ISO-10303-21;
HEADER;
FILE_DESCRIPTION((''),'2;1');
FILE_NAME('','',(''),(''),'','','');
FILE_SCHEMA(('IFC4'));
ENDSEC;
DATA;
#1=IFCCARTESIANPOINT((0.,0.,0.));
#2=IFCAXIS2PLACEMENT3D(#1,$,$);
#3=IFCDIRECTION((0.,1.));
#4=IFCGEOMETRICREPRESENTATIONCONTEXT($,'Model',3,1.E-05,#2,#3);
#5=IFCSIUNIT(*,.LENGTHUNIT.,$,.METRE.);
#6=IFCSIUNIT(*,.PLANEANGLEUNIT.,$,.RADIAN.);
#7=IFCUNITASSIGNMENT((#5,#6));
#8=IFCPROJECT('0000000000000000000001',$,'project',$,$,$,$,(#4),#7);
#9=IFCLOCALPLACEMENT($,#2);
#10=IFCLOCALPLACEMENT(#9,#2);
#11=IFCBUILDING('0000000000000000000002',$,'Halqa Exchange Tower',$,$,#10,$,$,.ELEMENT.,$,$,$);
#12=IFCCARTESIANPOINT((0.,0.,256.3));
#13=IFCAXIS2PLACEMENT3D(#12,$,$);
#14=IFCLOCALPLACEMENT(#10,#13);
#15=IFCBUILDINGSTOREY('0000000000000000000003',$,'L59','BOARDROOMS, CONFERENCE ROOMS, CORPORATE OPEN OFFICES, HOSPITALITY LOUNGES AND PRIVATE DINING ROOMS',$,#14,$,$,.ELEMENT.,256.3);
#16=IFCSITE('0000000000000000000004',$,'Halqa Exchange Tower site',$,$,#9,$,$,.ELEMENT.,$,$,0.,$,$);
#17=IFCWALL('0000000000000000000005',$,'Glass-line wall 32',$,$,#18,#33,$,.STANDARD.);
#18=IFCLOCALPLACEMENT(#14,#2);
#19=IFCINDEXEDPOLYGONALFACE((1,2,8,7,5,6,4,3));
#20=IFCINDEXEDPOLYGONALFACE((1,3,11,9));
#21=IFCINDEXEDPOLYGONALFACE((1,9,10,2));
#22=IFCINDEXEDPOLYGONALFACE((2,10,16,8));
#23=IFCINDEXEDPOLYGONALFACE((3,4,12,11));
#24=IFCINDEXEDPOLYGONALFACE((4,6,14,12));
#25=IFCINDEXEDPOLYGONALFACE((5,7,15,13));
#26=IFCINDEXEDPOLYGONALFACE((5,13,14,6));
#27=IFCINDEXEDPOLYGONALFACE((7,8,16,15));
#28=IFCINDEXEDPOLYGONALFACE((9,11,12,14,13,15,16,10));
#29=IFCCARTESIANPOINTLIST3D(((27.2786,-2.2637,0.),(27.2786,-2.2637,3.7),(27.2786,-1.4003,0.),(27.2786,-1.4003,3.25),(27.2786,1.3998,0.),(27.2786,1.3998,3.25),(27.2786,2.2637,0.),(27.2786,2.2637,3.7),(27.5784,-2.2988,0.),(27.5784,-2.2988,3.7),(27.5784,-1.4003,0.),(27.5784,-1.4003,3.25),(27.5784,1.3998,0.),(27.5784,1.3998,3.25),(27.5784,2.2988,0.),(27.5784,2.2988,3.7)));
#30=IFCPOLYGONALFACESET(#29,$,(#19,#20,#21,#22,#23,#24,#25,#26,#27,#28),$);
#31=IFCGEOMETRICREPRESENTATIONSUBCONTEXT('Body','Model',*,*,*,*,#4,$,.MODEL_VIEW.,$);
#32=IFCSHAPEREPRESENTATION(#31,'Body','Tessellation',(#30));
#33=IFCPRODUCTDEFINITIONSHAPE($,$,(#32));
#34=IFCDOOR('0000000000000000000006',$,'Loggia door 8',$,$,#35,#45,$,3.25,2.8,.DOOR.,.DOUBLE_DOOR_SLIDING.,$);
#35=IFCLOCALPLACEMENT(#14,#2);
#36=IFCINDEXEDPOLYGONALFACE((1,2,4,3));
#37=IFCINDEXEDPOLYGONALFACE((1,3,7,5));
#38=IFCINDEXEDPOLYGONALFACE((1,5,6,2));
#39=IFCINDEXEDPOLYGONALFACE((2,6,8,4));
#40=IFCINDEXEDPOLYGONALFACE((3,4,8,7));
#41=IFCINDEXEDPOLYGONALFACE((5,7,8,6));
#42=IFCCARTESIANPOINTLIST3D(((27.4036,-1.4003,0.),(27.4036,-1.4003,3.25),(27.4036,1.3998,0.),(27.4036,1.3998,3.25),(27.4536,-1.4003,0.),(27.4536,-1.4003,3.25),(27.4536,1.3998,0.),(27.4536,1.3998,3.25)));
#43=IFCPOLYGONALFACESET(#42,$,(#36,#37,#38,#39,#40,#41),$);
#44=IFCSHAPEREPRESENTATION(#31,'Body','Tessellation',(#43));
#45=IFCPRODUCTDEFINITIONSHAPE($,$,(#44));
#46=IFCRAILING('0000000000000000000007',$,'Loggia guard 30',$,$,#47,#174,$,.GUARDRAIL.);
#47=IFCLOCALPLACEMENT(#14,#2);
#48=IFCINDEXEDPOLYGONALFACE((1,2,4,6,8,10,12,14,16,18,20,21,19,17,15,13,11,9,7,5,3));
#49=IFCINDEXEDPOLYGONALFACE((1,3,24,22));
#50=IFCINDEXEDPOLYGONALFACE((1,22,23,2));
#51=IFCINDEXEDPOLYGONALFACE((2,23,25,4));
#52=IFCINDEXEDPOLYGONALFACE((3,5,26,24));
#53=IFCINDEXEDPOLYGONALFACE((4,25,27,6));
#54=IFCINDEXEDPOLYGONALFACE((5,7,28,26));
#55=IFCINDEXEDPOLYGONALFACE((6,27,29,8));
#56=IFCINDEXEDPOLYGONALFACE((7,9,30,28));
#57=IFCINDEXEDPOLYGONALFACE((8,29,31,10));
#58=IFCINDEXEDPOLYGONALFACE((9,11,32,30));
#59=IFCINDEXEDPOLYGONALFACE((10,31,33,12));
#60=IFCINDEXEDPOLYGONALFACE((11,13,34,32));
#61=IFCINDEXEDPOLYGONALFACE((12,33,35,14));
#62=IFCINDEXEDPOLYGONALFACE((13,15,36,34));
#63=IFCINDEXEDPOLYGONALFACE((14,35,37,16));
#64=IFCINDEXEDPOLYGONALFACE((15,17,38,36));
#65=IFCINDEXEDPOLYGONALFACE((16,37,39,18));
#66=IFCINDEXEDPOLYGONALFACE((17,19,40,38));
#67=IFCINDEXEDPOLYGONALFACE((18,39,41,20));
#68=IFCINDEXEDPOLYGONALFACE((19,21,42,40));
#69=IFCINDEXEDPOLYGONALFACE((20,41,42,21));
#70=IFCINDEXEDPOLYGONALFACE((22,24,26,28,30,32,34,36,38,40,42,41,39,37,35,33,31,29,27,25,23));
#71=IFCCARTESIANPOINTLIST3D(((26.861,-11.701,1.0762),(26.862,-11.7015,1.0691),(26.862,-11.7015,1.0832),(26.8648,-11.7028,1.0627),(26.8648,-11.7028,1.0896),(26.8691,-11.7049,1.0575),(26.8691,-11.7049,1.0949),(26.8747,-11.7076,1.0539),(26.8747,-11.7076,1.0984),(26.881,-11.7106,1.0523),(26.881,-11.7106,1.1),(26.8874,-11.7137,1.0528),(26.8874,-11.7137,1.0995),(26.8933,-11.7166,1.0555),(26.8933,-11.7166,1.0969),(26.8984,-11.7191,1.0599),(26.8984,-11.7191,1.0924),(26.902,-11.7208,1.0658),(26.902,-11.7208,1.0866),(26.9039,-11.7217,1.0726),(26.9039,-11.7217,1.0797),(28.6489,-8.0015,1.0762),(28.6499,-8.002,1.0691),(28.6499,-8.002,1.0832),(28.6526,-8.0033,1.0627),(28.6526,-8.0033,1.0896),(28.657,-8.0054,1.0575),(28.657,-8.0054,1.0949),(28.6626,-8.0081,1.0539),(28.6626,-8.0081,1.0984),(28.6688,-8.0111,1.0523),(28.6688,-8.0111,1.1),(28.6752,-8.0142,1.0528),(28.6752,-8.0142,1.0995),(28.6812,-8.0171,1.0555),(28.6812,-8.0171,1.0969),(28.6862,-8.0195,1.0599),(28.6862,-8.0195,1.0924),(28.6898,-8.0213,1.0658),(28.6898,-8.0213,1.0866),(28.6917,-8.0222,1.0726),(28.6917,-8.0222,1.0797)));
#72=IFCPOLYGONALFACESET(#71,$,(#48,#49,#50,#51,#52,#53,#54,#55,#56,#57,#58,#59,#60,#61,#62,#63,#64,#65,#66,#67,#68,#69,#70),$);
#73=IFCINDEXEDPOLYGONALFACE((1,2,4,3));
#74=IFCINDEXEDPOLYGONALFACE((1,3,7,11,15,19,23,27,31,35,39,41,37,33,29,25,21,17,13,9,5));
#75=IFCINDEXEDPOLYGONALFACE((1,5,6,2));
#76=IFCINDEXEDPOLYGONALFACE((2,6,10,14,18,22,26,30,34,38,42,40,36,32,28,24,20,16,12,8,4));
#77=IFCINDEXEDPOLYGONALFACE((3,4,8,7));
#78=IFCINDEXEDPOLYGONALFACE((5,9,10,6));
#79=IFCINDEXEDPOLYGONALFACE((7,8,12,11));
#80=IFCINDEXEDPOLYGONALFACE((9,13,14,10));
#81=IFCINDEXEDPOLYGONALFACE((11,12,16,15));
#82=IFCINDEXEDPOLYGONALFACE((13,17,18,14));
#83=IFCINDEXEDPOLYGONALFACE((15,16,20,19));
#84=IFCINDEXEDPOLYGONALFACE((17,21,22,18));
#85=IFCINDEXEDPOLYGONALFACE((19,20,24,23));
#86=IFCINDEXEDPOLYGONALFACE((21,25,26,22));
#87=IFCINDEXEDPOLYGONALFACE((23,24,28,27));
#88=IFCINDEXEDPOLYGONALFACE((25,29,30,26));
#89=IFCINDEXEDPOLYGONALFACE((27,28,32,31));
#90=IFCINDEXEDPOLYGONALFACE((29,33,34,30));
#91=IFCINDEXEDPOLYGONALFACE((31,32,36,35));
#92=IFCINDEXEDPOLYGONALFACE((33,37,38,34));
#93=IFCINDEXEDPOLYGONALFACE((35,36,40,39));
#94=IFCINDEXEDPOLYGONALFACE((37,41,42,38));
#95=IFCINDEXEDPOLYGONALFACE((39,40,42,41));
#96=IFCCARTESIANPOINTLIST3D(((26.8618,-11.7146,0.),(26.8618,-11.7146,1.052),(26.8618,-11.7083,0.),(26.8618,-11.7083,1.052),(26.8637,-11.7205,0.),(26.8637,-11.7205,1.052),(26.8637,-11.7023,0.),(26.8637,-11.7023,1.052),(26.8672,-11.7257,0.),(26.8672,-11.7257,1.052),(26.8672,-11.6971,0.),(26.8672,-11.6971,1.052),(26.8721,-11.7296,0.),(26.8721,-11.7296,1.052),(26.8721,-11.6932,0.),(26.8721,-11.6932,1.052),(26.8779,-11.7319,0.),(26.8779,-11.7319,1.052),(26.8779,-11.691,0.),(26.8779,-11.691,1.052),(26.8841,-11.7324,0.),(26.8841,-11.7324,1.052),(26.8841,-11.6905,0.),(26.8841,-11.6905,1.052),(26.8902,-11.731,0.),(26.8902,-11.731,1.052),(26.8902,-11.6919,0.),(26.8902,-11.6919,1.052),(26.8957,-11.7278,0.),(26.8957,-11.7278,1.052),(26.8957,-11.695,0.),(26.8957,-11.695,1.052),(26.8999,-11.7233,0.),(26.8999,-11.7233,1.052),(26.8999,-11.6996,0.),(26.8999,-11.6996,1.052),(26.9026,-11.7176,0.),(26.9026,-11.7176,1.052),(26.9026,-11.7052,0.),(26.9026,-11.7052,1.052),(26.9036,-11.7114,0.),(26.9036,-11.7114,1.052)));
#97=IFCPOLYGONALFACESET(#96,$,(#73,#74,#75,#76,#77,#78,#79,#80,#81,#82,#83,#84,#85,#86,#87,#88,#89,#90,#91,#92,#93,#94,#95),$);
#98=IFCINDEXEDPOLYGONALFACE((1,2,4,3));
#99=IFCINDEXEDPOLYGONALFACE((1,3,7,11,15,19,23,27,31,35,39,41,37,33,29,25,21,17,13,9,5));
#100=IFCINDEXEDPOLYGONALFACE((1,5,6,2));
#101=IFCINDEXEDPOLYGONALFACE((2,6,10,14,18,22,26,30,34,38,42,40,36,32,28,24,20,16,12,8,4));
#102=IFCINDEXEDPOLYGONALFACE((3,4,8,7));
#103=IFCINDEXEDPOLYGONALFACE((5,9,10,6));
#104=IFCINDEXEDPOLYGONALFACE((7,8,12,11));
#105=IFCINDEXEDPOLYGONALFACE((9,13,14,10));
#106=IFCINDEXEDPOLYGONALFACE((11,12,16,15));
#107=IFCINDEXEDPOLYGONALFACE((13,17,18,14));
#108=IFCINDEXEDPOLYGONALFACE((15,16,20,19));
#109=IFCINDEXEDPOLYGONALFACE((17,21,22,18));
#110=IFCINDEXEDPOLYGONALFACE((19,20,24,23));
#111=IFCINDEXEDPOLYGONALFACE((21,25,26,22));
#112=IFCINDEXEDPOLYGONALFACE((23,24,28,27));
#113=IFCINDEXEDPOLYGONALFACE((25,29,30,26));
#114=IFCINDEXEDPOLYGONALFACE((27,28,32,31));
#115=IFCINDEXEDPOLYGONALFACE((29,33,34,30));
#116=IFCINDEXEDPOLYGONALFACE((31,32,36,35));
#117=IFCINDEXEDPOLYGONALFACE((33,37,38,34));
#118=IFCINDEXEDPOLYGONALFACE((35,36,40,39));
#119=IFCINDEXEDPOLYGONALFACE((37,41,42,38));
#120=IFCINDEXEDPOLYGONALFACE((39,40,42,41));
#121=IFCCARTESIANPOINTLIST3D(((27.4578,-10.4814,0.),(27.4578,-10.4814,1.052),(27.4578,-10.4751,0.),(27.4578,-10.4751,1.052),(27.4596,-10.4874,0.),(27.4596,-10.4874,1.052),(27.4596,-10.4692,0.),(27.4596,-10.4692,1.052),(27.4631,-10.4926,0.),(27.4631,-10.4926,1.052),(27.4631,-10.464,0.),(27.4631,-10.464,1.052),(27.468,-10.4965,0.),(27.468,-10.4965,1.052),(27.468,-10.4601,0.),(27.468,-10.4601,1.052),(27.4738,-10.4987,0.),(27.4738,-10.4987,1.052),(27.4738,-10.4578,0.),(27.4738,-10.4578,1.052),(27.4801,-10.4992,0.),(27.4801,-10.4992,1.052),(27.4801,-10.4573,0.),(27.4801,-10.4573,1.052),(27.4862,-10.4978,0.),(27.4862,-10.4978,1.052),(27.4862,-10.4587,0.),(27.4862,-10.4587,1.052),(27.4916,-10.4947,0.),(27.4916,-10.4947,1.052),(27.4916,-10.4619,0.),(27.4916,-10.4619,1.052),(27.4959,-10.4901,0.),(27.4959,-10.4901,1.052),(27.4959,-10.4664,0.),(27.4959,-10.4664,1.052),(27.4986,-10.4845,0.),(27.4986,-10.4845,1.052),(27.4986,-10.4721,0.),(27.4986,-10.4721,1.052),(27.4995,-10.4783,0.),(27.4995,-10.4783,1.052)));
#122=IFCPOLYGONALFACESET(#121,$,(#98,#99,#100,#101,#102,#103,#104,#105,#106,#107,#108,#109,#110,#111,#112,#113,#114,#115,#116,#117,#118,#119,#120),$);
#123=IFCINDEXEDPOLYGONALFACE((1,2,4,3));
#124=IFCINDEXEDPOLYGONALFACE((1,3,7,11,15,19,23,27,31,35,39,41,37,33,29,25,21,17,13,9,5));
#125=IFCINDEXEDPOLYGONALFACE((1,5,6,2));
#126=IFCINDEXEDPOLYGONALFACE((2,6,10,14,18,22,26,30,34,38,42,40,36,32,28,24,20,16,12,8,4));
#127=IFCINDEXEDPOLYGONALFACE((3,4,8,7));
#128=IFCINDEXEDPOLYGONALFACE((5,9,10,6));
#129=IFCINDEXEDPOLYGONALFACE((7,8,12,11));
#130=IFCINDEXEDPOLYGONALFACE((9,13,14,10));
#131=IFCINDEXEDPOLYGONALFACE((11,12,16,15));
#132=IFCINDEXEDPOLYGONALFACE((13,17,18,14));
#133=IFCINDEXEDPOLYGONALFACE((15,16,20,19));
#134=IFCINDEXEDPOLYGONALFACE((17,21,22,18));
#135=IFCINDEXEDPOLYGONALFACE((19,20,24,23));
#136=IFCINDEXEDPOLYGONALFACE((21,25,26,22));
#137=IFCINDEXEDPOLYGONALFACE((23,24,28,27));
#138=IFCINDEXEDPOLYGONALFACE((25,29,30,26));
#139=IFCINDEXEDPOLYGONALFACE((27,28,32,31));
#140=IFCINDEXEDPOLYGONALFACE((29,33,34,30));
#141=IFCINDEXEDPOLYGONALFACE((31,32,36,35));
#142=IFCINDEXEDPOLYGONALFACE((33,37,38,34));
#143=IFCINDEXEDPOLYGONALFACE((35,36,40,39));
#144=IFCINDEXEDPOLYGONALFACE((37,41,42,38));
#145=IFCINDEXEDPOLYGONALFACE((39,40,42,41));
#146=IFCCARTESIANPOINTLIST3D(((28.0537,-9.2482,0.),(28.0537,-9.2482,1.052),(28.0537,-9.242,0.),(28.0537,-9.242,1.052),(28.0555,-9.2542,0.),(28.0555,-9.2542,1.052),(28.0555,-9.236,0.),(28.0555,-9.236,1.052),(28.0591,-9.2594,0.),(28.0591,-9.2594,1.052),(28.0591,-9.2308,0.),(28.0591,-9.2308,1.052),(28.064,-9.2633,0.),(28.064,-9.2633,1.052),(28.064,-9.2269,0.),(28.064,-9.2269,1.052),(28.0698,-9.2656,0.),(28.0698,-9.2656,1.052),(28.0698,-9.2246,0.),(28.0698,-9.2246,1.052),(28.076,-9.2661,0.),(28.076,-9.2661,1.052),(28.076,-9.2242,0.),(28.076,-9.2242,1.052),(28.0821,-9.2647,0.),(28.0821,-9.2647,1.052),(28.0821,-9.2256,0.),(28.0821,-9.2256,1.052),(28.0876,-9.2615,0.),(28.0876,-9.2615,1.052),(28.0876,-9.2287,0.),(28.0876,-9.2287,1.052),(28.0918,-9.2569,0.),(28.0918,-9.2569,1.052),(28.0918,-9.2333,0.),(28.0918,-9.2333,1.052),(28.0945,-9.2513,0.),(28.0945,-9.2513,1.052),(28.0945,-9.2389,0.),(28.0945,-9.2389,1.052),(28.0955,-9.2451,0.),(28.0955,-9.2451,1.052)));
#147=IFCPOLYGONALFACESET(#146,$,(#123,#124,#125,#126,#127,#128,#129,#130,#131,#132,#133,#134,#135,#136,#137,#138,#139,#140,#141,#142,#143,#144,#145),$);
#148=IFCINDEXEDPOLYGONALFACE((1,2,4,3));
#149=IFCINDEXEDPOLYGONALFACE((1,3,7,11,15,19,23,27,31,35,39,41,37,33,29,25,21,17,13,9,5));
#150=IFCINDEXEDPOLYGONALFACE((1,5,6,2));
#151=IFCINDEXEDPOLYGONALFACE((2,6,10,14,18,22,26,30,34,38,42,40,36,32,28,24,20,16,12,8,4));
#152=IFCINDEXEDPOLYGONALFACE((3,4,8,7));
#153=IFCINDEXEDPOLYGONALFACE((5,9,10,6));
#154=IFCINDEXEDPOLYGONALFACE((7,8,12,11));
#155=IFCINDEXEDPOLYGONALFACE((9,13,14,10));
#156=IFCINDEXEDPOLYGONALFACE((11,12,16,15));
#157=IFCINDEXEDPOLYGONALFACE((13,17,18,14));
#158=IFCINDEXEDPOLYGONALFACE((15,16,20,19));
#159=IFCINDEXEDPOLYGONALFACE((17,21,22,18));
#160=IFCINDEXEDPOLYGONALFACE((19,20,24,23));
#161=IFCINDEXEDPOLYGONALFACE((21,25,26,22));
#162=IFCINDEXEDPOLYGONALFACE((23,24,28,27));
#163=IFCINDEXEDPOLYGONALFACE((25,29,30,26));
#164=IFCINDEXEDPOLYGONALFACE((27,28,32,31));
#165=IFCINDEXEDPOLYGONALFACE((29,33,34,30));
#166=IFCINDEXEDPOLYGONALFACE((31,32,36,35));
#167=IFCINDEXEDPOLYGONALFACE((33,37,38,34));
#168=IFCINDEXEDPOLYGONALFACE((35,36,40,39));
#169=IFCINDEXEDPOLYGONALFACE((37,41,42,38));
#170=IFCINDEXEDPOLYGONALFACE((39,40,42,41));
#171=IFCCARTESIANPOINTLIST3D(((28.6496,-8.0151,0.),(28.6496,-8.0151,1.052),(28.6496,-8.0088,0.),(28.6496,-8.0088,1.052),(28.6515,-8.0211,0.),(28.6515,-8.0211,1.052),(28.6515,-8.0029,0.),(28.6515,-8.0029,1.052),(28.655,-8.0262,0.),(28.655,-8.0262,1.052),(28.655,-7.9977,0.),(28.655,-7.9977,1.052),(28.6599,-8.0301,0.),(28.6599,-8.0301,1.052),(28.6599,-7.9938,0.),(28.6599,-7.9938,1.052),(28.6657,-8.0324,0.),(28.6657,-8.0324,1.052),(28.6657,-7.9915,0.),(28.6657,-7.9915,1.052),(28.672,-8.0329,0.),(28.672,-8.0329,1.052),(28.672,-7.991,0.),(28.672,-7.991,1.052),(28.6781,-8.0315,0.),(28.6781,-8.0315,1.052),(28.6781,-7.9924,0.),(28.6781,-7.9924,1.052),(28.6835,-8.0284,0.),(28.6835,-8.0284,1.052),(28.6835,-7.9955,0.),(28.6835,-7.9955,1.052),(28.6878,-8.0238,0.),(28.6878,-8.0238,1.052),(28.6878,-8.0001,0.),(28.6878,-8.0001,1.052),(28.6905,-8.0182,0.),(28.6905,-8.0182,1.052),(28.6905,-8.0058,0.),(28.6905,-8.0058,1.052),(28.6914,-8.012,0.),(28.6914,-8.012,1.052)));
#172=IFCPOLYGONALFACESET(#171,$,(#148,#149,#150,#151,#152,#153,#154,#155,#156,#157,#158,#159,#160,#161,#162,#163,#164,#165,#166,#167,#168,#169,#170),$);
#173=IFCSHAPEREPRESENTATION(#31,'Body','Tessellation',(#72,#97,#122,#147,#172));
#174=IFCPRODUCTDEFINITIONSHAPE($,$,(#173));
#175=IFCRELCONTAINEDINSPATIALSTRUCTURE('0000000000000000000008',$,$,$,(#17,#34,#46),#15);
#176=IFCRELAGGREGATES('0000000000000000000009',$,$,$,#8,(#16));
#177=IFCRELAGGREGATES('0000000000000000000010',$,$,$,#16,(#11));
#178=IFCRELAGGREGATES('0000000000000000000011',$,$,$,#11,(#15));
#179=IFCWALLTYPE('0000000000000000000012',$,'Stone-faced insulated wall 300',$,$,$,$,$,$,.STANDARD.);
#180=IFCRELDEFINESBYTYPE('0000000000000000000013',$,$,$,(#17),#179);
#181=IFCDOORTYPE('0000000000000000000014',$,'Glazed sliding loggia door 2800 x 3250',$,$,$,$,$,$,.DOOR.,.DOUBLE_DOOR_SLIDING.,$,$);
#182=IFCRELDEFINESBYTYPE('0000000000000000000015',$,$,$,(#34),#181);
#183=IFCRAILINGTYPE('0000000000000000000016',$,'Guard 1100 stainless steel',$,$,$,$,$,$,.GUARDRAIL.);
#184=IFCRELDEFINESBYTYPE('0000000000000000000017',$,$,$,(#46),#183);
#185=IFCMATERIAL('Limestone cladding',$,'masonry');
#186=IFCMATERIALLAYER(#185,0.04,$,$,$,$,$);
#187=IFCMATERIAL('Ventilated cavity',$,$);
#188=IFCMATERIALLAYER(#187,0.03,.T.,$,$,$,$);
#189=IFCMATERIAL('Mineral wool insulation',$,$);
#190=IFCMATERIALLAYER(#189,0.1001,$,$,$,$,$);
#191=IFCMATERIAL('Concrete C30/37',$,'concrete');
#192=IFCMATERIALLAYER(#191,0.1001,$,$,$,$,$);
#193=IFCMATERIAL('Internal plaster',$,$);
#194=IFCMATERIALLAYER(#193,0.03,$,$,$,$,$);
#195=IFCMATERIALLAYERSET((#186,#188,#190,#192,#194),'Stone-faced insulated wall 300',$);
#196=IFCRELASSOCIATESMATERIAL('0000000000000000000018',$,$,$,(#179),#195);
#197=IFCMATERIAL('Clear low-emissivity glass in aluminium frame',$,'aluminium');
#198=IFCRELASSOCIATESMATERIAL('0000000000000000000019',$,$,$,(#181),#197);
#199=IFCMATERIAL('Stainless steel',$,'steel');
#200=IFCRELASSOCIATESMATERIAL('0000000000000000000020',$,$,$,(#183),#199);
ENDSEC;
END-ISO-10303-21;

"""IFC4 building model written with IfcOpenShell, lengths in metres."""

from ifc_helpers import new_model, si_unit, direction, frame, frame_2d, origin, origin_2d, place, context, subcontext, project, spatial, polyline, rectangle, circle, outline, extrude, material, layer, layer_set, type_object, element, fill, save


model = new_model("IFC4")

# Units and contexts
model_context = context("Model", 3, precision=1e-05, world=origin(), true_north=direction((0.0, 1.0)))
body_context = subcontext(model_context, "Body", "Model", "MODEL_VIEW")
ifc_project = project(units=[si_unit("LENGTHUNIT", "METRE"), si_unit("PLANEANGLEUNIT", "RADIAN")], contexts=[model_context])

# Site, building, storey
site_placement = place(None, origin())
site = spatial("IfcSite", under=ifc_project, at=site_placement, Name="Halqa Exchange Tower site", CompositionType="ELEMENT", RefElevation=0.0)
building_placement = place(site_placement, origin())
building = spatial("IfcBuilding", under=site, at=building_placement, Name="Halqa Exchange Tower", CompositionType="ELEMENT")
storey_placement = place(building_placement, frame((0.0, 0.0, 256.3)))
storey = spatial("IfcBuildingStorey", under=building, at=storey_placement, Name="L59", Description="BOARDROOMS, CONFERENCE ROOMS, CORPORATE OPEN OFFICES, HOSPITALITY LOUNGES AND PRIVATE DINING ROOMS", CompositionType="ELEMENT", Elevation=256.3)

# Shared definitions
ifc_material_1 = material(Name="Limestone cladding", Category="masonry")
ifc_layer_1 = layer(ifc_material_1, 0.04)
ifc_material_2 = material(Name="Ventilated cavity")
ifc_layer_2 = layer(ifc_material_2, 0.03, ventilated=True)
ifc_material_3 = material(Name="Mineral wool insulation")
ifc_layer_3 = layer(ifc_material_3, 0.1001)
ifc_material_4 = material(Name="Concrete C30/37", Category="concrete")
ifc_layer_4 = layer(ifc_material_4, 0.1001)
ifc_material_5 = material(Name="Internal plaster")
ifc_layer_5 = layer(ifc_material_5, 0.03)
ifc_layer_set_1 = layer_set([ifc_layer_1, ifc_layer_2, ifc_layer_3, ifc_layer_4, ifc_layer_5], Name="Stone-faced insulated wall 300")
wall_type_1 = type_object("IfcWallType", Name="Stone-faced insulated wall 300", PredefinedType="STANDARD", material=ifc_layer_set_1)
ifc_material_6 = material(Name="Clear low-emissivity glass in aluminium frame", Category="aluminium")

# Wall, opening, door
wall_1_placement = place(storey_placement, frame((27.4285, -2.2812, 0.0), z_axis=(0.0, 0.0, 1.0), x_axis=(0.0, 1.0, 0.0)))
wall_1 = element("IfcWall", 1, at=wall_1_placement, inside=storey, type_object=wall_type_1, Name="Glass-line wall 32", PredefinedType="STANDARD", context=body_context, shape_type="SweptSolid", body=[
    extrude(outline(polyline([(-0.0176, -0.1499), (4.5801, -0.1499), (4.5449, 0.1499), (0.0176, 0.1499), (-0.0176, -0.1499)])), origin(), (0.0, 0.0, 1.0), 3.7),
])
opening_1_placement = place(wall_1_placement, frame((0.8811, 0.0, 0.0)))
opening_1 = element("IfcOpeningElement", 2, at=opening_1_placement, cuts=wall_1, PredefinedType="OPENING", context=body_context, shape_type="SweptSolid", body=[
    extrude(rectangle(XDim=2.8, YDim=3.25, at=frame_2d((1.3999, 1.625))), frame((0.0, 0.1621, 0.0), z_axis=(0.0, -1.0, 0.0), x_axis=(1.0, 0.0, 0.0)), (0.0, 0.0, 1.0), 0.324),
])
door_type_1 = type_object("IfcDoorType", Name="Glazed sliding loggia door 2800 x 3250", OperationType="DOUBLE_DOOR_SLIDING", PredefinedType="DOOR", material=ifc_material_6)
door_1_placement = place(opening_1_placement, origin())
door_1 = element("IfcDoor", 3, at=door_1_placement, inside=storey, type_object=door_type_1, Name="Loggia door 8", OperationType="DOUBLE_DOOR_SLIDING", OverallHeight=3.25, OverallWidth=2.8, PredefinedType="DOOR", context=body_context, shape_type="SweptSolid", body=[
    extrude(rectangle(XDim=2.8, YDim=3.25, at=frame_2d((1.3999, 1.625))), frame((0.0, 0.0249, 0.0), z_axis=(0.0, -1.0, 0.0), x_axis=(1.0, 0.0, 0.0)), (0.0, 0.0, 1.0), 0.05),
])
fill(opening_1, door_1)

# Railing
ifc_material_7 = material(Name="Stainless steel", Category="steel")
railing_type = type_object("IfcRailingType", Name="Guard 1100 stainless steel", PredefinedType="GUARDRAIL", material=ifc_material_7)
railing_1_placement = place(storey_placement, frame((26.8826, -11.7114, 0.0)))
element("IfcRailing", 4, at=railing_1_placement, inside=storey, type_object=railing_type, Name="Loggia guard 30", PredefinedType="GUARDRAIL", context=body_context, shape_type="SweptSolid", body=[
    extrude(circle(Radius=0.0239, at=origin_2d()), frame((0.0, 0.0, 1.0762), z_axis=(0.435123, 0.900371, 0.0), x_axis=(-0.900371, 0.435123, 0.0)), (0.0, 0.0, 1.0), 4.1089),
    extrude(circle(Radius=0.021, at=origin_2d()), origin(), (0.0, 0.0, 1.0), 1.052),
    extrude(circle(Radius=0.021, at=origin_2d()), frame((0.5959, 1.2332, 0.0)), (0.0, 0.0, 1.0), 1.052),
    extrude(circle(Radius=0.021, at=origin_2d()), frame((1.1919, 2.4663, 0.0)), (0.0, 0.0, 1.0), 1.052),
    extrude(circle(Radius=0.021, at=origin_2d()), frame((1.7878, 3.6995, 0.0)), (0.0, 0.0, 1.0), 1.052),
])

save(model, "model.ifc")
